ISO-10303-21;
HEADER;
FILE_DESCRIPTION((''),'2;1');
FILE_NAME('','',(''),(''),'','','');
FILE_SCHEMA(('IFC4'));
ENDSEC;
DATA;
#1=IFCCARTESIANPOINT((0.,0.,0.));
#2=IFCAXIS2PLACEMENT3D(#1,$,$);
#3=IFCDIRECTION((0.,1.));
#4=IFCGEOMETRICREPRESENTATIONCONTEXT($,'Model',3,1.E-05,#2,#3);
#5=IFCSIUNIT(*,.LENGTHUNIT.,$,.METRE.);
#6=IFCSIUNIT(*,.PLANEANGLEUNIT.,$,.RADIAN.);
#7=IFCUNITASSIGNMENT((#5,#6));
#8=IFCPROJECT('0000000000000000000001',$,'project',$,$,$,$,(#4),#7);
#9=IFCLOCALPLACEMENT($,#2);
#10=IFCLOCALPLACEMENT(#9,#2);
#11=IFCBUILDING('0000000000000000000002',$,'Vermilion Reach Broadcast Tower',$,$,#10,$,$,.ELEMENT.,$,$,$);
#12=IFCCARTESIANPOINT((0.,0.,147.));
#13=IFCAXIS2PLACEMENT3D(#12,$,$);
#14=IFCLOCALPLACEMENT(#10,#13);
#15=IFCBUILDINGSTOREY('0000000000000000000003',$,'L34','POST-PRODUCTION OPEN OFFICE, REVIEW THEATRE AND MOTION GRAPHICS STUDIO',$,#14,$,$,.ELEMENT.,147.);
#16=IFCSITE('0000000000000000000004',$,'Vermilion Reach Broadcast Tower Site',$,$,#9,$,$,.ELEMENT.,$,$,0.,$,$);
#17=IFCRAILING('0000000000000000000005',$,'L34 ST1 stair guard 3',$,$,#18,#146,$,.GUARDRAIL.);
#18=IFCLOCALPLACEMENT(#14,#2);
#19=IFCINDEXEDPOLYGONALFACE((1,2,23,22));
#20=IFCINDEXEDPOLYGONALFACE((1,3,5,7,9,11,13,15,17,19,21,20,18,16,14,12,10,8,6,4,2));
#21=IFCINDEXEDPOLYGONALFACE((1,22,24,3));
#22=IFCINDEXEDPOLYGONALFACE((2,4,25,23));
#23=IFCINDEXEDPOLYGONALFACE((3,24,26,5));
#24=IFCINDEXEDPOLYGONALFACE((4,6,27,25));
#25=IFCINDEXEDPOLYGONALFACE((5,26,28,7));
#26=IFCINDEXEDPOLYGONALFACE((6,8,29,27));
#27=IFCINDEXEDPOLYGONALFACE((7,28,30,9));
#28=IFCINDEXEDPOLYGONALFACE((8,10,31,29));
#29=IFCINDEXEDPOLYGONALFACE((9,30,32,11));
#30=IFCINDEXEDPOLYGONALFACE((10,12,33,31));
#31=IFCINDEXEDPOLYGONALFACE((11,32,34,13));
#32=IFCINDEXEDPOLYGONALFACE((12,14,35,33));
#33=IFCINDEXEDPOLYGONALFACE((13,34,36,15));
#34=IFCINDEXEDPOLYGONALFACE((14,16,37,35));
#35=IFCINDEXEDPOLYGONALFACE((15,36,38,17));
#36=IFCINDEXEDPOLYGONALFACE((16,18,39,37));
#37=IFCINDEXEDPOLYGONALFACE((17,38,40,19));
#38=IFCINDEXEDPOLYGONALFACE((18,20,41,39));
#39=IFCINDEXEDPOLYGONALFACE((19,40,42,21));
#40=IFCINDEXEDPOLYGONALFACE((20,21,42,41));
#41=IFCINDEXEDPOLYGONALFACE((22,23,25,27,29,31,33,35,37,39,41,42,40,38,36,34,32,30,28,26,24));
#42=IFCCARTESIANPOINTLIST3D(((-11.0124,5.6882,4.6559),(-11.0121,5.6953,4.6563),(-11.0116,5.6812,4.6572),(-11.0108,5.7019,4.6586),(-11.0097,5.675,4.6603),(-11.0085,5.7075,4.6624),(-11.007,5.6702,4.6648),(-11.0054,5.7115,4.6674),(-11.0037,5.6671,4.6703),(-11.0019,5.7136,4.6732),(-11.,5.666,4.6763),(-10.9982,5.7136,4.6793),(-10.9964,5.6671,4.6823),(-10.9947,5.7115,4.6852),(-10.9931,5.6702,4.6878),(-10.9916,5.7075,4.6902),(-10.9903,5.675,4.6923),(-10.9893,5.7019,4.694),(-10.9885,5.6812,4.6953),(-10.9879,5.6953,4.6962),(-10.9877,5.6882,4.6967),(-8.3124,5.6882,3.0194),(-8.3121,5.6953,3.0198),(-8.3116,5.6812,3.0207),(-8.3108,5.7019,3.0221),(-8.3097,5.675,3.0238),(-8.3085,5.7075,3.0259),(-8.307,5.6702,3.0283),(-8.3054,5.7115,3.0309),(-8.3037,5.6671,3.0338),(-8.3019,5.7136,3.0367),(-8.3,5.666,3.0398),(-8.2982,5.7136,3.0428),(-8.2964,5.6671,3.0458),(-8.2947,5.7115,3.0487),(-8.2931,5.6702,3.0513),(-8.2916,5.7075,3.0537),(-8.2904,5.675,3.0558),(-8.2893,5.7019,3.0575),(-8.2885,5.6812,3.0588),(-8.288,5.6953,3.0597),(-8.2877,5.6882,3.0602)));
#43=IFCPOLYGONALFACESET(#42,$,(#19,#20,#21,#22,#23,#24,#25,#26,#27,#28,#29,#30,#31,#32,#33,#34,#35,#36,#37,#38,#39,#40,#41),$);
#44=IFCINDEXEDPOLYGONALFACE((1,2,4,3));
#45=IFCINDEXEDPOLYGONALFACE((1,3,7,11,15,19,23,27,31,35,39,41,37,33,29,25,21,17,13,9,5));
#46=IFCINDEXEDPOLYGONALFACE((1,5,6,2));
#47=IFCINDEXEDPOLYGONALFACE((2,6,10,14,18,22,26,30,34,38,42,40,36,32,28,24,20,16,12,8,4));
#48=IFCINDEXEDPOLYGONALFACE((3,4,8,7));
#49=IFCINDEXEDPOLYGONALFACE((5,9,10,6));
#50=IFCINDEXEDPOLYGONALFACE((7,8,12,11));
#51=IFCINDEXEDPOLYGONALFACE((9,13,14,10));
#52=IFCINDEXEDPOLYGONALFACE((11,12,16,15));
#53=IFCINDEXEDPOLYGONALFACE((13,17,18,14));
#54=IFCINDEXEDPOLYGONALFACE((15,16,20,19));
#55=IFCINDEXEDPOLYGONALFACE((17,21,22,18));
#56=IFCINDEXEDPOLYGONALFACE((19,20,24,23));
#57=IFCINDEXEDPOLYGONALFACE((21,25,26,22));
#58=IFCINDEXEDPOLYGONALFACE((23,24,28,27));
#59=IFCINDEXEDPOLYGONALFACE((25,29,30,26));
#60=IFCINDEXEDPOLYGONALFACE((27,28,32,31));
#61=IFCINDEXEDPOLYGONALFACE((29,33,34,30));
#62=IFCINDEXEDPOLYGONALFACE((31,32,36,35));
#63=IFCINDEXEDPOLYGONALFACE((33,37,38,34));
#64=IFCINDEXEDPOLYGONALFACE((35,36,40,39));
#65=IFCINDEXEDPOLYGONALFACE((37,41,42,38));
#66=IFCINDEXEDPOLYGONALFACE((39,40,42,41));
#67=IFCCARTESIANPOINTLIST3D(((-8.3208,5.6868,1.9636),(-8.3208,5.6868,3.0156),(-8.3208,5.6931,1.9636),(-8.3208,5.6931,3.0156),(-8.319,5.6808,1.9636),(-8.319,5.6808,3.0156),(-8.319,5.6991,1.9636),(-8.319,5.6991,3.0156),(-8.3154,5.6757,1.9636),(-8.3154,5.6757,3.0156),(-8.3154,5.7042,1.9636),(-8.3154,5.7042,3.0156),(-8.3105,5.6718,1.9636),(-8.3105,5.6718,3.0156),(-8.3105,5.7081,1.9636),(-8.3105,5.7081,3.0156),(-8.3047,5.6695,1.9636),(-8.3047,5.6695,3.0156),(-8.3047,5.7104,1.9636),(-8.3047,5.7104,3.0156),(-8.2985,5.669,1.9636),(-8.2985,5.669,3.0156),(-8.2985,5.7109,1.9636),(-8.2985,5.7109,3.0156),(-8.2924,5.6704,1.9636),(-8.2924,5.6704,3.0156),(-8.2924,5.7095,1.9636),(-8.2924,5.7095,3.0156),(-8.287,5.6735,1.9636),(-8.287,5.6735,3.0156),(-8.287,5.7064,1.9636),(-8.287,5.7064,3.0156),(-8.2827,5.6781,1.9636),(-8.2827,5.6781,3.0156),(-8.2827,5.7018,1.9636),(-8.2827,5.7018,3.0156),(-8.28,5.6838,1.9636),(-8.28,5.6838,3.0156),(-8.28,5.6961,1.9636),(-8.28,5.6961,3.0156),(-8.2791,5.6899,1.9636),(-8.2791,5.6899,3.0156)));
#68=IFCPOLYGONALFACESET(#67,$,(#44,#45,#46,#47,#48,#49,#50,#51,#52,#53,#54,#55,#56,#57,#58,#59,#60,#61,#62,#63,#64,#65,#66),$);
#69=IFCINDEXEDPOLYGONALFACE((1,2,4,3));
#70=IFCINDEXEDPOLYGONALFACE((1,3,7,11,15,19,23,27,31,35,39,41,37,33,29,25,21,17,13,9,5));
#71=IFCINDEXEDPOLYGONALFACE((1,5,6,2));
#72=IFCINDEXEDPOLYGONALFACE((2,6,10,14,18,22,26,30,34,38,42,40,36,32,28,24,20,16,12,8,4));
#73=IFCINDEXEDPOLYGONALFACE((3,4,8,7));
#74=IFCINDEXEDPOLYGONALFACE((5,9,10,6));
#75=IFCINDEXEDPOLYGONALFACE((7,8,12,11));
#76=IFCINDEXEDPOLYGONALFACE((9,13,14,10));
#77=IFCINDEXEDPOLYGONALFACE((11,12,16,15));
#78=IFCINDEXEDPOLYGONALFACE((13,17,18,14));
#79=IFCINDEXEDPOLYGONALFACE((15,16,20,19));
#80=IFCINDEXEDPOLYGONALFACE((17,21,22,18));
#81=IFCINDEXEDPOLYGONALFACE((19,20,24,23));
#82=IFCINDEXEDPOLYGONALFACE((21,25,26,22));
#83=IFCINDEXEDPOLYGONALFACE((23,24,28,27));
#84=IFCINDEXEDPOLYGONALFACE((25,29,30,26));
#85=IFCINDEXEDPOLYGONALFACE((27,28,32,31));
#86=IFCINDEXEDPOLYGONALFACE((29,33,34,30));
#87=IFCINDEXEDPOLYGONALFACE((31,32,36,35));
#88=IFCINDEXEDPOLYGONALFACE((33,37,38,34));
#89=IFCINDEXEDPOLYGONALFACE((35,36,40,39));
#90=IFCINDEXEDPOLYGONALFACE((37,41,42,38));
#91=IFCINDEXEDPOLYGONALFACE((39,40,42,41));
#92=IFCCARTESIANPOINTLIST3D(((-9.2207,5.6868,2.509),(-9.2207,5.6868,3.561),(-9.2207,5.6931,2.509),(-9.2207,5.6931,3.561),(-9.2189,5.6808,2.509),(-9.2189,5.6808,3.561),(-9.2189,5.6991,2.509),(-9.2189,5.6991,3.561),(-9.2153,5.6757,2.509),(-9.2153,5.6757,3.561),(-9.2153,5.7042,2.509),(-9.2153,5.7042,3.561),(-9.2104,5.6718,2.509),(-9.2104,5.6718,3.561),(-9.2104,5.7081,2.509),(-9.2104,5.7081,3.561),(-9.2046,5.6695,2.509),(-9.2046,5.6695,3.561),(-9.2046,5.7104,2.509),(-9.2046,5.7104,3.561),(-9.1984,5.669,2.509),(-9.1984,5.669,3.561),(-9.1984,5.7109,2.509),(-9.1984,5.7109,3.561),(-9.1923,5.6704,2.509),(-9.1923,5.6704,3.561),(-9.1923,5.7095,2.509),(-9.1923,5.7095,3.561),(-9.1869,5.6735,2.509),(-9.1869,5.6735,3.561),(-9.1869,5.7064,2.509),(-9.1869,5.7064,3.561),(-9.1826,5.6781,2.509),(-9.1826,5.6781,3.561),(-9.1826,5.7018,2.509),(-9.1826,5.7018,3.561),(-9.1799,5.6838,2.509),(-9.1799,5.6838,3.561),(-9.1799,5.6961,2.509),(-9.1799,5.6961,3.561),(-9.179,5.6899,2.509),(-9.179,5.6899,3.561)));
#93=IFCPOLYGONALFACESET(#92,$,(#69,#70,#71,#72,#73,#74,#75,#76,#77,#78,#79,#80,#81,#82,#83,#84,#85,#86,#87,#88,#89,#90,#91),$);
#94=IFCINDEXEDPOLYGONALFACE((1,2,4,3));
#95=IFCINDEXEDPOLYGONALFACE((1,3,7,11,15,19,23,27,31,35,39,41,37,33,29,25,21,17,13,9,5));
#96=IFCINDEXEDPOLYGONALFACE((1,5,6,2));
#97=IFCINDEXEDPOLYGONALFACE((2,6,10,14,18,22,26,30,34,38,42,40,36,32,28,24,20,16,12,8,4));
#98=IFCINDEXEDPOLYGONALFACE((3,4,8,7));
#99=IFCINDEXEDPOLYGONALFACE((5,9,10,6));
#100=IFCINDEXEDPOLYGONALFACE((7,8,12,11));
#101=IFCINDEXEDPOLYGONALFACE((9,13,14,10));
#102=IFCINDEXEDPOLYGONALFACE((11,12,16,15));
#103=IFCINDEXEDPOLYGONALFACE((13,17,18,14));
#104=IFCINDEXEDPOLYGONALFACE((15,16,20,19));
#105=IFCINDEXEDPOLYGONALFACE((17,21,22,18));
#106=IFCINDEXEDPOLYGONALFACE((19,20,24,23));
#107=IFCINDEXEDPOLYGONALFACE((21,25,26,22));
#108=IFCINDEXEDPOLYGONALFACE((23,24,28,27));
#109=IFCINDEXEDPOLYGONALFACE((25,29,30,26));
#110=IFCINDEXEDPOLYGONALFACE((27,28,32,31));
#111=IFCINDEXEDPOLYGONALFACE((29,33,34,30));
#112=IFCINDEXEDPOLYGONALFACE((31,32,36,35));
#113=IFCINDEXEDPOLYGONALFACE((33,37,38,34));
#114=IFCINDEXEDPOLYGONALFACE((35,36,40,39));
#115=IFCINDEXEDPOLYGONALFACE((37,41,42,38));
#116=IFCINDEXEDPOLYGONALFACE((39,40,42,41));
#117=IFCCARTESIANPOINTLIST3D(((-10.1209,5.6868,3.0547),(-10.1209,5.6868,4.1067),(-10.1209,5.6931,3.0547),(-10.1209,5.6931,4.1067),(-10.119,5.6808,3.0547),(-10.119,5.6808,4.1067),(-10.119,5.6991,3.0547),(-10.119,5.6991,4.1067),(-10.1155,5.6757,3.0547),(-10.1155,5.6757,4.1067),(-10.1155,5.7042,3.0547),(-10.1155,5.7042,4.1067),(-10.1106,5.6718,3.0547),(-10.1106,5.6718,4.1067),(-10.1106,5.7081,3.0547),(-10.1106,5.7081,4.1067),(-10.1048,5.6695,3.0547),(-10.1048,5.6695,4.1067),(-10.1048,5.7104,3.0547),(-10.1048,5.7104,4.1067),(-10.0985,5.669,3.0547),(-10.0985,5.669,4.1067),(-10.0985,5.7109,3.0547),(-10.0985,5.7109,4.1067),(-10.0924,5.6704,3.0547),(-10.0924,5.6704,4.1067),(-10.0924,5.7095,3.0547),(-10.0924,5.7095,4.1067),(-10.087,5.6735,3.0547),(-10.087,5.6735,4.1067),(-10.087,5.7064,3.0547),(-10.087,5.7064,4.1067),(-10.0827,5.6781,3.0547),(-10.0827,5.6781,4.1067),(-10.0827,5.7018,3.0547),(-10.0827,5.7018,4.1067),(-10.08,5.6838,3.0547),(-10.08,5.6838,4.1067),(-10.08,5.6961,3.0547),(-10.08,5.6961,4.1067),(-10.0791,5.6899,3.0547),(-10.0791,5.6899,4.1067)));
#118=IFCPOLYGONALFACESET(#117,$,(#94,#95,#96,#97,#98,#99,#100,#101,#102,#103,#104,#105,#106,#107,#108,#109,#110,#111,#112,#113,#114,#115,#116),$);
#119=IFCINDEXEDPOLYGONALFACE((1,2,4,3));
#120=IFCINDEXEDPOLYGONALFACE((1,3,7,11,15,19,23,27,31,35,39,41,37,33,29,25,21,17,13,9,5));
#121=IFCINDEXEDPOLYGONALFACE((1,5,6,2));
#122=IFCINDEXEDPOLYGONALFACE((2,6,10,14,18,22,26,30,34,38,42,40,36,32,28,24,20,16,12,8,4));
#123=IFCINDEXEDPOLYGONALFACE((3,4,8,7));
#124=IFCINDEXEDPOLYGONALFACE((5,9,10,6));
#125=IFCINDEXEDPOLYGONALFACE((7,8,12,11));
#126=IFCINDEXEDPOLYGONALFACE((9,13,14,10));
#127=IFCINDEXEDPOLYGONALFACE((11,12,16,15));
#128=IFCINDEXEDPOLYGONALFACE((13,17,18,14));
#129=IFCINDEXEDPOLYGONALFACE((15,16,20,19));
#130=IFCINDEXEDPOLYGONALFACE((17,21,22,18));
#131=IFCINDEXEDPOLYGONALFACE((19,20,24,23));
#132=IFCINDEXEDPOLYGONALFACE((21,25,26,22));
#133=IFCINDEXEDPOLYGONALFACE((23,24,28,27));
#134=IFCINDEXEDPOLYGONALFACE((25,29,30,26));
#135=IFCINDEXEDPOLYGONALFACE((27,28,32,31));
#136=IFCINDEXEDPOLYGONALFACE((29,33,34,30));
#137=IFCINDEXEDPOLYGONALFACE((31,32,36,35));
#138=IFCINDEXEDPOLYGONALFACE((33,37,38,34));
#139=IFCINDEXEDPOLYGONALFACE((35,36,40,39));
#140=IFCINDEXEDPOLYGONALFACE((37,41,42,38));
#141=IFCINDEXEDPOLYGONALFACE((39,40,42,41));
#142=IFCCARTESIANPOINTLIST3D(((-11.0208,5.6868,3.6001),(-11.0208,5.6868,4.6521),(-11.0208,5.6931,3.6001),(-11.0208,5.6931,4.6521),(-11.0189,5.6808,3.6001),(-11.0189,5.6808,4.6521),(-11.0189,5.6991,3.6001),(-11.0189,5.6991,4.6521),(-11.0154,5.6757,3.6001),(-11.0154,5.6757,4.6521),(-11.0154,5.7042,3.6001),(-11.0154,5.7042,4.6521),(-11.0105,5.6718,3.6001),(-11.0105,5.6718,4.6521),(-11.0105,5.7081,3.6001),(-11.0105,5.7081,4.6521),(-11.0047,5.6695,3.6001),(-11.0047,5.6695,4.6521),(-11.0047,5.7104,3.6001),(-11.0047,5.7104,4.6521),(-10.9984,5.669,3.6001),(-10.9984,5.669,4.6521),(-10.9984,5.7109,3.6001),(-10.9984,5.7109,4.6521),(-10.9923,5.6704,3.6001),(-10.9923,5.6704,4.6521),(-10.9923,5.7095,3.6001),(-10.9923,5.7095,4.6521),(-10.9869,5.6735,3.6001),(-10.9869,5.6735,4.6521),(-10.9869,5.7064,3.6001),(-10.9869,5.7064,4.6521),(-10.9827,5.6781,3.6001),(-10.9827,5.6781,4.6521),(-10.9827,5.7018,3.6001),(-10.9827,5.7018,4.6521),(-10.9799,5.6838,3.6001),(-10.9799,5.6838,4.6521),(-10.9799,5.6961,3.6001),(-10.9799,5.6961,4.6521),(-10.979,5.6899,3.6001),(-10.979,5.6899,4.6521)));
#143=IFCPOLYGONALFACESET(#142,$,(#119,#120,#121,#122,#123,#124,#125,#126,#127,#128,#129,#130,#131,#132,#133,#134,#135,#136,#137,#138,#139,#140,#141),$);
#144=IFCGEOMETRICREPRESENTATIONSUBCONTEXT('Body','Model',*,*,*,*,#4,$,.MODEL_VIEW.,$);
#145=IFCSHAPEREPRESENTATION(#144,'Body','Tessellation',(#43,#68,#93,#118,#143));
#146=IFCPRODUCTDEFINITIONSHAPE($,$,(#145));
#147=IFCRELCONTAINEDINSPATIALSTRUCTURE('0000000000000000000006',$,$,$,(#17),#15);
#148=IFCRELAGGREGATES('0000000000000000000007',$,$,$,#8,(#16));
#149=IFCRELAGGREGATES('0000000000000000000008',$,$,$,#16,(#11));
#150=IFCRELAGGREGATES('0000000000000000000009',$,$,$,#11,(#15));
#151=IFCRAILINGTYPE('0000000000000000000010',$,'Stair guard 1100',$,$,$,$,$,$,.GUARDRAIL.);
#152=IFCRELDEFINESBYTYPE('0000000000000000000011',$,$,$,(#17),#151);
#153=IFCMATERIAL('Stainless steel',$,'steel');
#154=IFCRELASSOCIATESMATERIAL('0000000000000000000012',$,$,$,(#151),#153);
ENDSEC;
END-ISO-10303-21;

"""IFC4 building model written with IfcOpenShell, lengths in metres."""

from ifc_helpers import new_model, si_unit, direction, frame, origin, origin_2d, place, context, subcontext, project, spatial, circle, extrude, material, type_object, element, save


model = new_model("IFC4")

# Units and contexts
model_context = context("Model", 3, precision=1e-05, world=origin(), true_north=direction((0.0, 1.0)))
body_context = subcontext(model_context, "Body", "Model", "MODEL_VIEW")
ifc_project = project(units=[si_unit("LENGTHUNIT", "METRE"), si_unit("PLANEANGLEUNIT", "RADIAN")], contexts=[model_context])

# Site, building, storey
site_placement = place(None, origin())
site = spatial("IfcSite", under=ifc_project, at=site_placement, Name="Vermilion Reach Broadcast Tower Site", CompositionType="ELEMENT", RefElevation=0.0)
building_placement = place(site_placement, origin())
building = spatial("IfcBuilding", under=site, at=building_placement, Name="Vermilion Reach Broadcast Tower", CompositionType="ELEMENT")
storey_placement = place(building_placement, frame((0.0, 0.0, 147.0)))
storey = spatial("IfcBuildingStorey", under=building, at=storey_placement, Name="L34", Description="POST-PRODUCTION OPEN OFFICE, REVIEW THEATRE AND MOTION GRAPHICS STUDIO", CompositionType="ELEMENT", Elevation=147.0)

# Railing
ifc_material_1 = material(Name="Stainless steel", Category="steel")
railing_type_1 = type_object("IfcRailingType", Name="Stair guard 1100", PredefinedType="GUARDRAIL", material=ifc_material_1)
railing_1_placement = place(storey_placement, frame((-8.3, 5.6899, 1.9636)))
element("IfcRailing", 1, at=railing_1_placement, inside=storey, type_object=railing_type_1, Name="L34 ST1 stair guard 3", PredefinedType="GUARDRAIL", context=body_context, shape_type="SweptSolid", body=[
    extrude(circle(Radius=0.0239, at=origin_2d()), frame((0.0, 0.0, 1.0762), z_axis=(-0.855178, 0.0, 0.518334), x_axis=(0.0, -1.0, 0.0)), (0.0, 0.0, 1.0), 3.1572),
    extrude(circle(Radius=0.021, at=origin_2d()), origin(), (0.0, 0.0, 1.0), 1.052),
    extrude(circle(Radius=0.021, at=origin_2d()), frame((-0.8999, 0.0, 0.5454)), (0.0, 0.0, 1.0), 1.052),
    extrude(circle(Radius=0.021, at=origin_2d()), frame((-1.8, 0.0, 1.0911)), (0.0, 0.0, 1.0), 1.052),
    extrude(circle(Radius=0.021, at=origin_2d()), frame((-2.7, 0.0, 1.6365)), (0.0, 0.0, 1.0), 1.052),
])

save(model, "model.ifc")
